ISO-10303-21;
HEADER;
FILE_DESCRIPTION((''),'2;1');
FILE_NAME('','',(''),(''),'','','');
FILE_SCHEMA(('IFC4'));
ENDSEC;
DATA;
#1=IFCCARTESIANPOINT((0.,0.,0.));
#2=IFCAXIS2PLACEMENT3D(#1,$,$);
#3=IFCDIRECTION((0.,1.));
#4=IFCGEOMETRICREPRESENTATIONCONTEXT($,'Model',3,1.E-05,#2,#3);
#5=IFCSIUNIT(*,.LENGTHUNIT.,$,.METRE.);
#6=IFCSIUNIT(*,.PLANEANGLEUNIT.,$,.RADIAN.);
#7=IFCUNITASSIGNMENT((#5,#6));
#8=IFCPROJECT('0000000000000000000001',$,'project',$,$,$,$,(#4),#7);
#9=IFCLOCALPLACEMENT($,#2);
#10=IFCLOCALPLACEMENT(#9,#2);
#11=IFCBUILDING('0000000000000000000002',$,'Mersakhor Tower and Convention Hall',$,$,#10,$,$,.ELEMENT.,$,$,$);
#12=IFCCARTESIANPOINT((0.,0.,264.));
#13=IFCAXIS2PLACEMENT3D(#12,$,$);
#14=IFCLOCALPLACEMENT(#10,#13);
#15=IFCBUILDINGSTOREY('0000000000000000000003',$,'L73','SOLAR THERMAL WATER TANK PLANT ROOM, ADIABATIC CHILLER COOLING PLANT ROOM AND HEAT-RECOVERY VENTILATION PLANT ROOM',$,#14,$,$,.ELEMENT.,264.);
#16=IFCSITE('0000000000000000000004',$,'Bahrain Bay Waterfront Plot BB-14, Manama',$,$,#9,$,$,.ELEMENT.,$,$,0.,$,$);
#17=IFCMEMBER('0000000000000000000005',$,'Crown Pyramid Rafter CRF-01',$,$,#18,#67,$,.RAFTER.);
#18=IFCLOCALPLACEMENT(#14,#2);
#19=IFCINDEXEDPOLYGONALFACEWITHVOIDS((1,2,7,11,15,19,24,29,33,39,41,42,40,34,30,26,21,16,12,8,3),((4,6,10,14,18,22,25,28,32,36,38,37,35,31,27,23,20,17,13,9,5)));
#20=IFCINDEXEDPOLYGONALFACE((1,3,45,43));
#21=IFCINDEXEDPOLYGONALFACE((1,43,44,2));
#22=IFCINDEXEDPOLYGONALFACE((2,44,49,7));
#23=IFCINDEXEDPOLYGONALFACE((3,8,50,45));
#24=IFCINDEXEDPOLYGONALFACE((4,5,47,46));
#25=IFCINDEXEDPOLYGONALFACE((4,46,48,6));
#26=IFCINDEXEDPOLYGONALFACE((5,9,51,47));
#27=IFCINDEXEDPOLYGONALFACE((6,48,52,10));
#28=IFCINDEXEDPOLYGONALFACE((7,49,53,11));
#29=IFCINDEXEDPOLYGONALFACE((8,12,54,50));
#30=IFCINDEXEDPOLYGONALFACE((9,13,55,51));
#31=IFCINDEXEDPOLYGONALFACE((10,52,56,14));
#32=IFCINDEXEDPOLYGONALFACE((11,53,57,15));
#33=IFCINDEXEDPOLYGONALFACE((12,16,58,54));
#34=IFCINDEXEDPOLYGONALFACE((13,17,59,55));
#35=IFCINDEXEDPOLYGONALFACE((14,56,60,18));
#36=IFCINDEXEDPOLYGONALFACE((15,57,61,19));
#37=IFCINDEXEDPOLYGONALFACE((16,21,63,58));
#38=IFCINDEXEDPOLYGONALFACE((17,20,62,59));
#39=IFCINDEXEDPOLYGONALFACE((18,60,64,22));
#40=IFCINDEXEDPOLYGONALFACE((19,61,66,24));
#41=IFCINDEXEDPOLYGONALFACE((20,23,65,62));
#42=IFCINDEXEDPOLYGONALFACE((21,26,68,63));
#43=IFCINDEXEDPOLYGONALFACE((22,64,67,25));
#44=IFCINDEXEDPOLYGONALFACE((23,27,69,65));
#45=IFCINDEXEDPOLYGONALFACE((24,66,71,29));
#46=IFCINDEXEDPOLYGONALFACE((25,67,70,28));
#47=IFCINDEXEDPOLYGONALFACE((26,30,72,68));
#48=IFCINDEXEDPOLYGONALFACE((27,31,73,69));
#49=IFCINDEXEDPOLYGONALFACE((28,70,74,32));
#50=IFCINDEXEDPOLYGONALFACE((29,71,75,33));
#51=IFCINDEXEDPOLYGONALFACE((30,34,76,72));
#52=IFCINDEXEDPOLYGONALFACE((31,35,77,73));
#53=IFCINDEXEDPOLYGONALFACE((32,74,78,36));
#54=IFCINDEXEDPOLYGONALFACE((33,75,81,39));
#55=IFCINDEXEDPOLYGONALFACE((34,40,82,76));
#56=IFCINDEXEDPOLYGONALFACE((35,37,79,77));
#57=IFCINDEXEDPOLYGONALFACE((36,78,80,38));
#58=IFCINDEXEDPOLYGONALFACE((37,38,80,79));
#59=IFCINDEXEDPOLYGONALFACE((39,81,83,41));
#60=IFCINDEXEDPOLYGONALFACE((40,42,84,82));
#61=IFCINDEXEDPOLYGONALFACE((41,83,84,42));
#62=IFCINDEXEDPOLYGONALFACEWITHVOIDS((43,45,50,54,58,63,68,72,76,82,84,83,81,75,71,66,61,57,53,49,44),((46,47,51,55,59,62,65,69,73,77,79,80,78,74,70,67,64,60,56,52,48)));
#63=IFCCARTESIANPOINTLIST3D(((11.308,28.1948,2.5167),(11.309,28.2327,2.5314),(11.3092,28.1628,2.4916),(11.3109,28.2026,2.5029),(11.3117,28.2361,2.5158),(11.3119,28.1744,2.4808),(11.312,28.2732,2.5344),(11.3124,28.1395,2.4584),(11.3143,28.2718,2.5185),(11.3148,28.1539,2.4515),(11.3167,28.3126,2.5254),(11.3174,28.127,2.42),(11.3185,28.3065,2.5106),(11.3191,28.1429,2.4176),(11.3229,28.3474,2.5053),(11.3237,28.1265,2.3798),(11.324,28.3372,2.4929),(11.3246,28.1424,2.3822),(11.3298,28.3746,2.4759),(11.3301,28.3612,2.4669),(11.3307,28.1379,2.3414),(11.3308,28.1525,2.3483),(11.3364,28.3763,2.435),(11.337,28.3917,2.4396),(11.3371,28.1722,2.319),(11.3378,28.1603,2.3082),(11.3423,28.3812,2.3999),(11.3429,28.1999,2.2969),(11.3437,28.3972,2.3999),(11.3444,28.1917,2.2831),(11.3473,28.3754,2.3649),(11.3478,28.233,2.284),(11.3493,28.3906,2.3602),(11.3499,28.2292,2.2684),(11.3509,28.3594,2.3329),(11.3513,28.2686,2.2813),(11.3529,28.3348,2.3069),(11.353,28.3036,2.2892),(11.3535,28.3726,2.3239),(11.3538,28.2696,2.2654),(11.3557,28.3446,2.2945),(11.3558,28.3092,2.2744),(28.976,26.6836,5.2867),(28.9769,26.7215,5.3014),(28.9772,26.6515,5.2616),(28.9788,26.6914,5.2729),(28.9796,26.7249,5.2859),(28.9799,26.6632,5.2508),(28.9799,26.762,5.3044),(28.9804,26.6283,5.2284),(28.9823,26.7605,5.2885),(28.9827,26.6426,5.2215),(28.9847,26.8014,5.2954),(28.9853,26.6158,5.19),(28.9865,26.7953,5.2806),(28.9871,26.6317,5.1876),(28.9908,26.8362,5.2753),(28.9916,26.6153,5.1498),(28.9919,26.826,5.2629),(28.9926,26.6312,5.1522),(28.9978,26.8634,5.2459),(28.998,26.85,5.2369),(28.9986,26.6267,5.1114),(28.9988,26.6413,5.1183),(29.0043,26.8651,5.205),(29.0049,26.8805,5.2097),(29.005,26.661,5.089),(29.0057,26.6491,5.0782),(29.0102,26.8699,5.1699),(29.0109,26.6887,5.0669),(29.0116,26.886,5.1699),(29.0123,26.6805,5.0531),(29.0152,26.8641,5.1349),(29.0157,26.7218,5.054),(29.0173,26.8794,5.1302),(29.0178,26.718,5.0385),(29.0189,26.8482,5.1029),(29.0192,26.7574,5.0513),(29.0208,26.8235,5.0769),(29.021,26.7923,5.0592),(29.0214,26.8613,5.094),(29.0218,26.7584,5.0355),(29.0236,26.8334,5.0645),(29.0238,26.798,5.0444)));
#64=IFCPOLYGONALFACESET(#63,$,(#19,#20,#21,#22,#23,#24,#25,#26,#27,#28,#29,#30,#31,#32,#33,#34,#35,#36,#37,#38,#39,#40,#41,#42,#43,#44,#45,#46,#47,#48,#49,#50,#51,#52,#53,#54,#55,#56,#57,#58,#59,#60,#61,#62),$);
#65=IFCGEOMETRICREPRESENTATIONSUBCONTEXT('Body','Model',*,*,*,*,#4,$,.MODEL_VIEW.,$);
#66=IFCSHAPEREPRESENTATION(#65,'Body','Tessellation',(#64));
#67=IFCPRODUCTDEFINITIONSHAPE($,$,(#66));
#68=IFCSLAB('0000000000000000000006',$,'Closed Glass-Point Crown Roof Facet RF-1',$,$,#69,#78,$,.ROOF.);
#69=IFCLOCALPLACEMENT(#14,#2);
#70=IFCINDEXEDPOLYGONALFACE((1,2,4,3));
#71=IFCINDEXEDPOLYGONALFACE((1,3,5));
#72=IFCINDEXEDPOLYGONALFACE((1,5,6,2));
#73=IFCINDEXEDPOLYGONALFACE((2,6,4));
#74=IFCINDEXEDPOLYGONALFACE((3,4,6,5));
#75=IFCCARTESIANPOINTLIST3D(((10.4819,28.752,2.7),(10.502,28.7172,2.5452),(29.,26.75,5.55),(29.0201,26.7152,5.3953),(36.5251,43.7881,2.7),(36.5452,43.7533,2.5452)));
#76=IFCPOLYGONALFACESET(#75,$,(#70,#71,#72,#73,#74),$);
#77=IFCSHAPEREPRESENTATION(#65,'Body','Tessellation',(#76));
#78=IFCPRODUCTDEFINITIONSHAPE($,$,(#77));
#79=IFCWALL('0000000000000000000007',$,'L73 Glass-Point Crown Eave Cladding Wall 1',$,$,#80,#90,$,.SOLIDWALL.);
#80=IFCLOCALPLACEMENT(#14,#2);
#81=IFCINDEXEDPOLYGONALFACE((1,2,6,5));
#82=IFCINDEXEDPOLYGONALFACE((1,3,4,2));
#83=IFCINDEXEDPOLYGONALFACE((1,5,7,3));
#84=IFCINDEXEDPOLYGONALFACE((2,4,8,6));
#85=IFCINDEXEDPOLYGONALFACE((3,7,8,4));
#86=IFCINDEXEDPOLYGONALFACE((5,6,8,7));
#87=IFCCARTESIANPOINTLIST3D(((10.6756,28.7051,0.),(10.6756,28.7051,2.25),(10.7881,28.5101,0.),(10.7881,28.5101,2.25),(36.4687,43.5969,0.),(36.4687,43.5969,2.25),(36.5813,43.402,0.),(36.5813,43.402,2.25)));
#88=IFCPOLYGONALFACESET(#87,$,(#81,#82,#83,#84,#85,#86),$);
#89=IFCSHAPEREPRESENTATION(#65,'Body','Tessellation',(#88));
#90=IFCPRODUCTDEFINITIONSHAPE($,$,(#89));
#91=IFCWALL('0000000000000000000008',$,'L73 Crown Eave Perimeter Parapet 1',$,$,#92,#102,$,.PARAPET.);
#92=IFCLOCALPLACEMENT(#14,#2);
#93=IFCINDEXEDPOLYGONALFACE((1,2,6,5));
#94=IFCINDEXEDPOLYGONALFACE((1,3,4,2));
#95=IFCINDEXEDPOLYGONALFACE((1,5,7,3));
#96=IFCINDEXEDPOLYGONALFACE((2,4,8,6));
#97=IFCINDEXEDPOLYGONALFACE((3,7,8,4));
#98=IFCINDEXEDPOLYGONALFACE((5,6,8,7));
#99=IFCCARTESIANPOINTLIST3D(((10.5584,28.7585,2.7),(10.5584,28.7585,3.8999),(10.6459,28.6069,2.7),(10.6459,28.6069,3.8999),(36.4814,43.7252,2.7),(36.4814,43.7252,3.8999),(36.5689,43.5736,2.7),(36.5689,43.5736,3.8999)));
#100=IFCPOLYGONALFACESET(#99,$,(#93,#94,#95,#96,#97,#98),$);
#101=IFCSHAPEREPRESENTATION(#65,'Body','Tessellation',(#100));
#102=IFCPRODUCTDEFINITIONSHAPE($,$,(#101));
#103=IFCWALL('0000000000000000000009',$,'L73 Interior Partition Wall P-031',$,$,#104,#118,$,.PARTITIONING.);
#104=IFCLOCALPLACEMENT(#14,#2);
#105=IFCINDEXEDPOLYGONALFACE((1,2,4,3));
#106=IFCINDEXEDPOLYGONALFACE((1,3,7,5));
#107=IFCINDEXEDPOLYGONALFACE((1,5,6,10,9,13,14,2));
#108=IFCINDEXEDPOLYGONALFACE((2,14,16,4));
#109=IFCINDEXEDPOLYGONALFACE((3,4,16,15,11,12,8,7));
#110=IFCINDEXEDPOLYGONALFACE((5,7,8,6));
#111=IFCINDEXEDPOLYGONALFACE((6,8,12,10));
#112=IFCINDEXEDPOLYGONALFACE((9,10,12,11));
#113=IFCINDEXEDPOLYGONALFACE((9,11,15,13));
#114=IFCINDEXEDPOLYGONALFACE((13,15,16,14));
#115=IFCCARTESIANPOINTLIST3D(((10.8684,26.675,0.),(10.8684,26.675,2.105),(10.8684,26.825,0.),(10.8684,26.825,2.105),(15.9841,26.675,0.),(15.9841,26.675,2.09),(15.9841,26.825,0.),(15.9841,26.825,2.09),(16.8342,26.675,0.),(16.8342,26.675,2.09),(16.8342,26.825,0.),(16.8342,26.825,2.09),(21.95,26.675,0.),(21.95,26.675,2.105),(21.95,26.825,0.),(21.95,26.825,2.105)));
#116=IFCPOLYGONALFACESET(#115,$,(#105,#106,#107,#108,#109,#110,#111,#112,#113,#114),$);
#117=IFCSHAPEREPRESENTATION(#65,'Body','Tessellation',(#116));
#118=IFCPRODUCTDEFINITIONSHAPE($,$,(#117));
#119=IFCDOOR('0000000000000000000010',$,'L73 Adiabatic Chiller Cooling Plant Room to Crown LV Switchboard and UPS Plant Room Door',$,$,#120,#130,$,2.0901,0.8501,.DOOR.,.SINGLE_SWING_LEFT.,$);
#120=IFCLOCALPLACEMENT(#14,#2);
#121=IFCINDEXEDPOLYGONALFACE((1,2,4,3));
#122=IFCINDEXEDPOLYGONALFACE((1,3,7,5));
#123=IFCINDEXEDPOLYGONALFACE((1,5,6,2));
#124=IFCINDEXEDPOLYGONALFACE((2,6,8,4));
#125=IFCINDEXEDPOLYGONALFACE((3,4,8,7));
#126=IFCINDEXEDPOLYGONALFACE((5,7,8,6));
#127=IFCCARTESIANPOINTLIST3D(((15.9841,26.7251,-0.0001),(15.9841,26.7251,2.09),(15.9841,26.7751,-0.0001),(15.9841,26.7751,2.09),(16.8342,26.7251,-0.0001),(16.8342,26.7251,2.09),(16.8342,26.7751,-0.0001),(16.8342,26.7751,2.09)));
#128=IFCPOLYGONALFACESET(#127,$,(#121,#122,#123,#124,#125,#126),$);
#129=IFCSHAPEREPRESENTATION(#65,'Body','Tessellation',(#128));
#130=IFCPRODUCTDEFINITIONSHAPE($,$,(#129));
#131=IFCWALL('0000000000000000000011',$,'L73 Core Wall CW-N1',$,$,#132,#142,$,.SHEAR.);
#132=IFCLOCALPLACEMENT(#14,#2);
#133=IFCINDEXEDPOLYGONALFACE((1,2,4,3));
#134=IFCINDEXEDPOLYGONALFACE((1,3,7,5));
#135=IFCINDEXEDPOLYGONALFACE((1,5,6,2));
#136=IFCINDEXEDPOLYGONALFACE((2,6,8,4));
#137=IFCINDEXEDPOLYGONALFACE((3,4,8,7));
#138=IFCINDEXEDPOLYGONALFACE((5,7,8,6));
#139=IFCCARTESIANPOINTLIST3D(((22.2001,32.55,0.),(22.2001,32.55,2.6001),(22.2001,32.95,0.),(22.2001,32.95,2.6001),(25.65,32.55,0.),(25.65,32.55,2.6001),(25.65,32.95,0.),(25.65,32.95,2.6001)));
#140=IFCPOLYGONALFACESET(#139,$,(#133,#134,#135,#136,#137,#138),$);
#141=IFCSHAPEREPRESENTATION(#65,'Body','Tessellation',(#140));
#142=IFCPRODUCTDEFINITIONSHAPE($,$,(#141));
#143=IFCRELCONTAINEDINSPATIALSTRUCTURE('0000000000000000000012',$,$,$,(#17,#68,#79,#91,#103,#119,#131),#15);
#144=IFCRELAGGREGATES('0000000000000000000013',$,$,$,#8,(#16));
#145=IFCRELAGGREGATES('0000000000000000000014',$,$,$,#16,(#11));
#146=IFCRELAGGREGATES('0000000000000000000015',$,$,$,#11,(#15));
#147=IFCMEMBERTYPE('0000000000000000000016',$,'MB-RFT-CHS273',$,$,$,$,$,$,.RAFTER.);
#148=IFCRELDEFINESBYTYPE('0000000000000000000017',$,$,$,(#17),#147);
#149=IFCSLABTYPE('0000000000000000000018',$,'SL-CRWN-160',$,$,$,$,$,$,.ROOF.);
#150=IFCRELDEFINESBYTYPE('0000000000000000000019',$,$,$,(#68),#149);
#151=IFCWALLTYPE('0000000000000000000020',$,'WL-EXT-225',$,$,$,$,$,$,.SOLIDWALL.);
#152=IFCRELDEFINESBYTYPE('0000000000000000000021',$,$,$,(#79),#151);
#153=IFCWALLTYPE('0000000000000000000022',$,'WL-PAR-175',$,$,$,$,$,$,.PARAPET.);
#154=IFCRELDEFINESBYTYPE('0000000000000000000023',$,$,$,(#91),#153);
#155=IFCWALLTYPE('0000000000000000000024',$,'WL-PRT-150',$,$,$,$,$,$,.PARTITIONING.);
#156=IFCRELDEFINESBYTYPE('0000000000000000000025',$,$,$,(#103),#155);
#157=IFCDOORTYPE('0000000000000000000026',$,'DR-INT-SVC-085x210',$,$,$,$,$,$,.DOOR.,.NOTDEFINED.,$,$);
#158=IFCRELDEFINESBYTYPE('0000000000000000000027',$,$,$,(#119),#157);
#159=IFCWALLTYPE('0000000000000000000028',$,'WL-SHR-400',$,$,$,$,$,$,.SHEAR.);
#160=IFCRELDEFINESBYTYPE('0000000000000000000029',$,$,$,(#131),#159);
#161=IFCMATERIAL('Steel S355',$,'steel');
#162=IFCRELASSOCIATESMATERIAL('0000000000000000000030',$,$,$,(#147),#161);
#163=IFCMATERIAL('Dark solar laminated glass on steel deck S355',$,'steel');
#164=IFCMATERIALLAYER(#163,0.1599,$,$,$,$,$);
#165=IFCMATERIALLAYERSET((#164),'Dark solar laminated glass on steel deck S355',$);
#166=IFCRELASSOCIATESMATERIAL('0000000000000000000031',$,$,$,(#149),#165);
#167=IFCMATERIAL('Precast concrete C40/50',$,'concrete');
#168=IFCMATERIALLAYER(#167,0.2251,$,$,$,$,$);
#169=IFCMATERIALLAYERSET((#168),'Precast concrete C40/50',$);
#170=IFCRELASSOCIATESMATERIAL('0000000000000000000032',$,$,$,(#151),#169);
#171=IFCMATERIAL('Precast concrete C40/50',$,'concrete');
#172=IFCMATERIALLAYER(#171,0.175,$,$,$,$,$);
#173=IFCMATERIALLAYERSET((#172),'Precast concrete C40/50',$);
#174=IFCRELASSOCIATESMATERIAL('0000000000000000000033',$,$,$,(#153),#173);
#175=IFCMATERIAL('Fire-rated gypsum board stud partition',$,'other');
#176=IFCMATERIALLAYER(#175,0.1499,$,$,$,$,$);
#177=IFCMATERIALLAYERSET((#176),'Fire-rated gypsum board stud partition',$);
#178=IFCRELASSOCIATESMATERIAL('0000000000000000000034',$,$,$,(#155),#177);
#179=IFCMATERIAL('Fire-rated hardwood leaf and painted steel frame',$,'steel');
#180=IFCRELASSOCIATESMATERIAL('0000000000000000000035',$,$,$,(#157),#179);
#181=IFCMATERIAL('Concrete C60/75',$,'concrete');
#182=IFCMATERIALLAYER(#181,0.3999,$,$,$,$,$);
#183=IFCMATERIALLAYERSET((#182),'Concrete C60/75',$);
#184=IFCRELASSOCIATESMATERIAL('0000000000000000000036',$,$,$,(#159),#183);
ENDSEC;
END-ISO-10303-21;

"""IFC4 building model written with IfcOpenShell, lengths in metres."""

from ifc_helpers import new_model, si_unit, direction, frame, frame_2d, origin, origin_2d, place, context, subcontext, project, spatial, polyline, rectangle, hollow_circle, outline, extrude, material, layer, layer_set, material_profile, profile_set, type_object, element, fill, save


model = new_model("IFC4")

# Units and contexts
model_context = context("Model", 3, precision=1e-05, world=origin(), true_north=direction((0.0, 1.0)))
body_context = subcontext(model_context, "Body", "Model", "MODEL_VIEW")
ifc_project = project(units=[si_unit("LENGTHUNIT", "METRE"), si_unit("PLANEANGLEUNIT", "RADIAN")], contexts=[model_context])

# Site, building, storey
site_placement = place(None, origin())
site = spatial("IfcSite", under=ifc_project, at=site_placement, Name="Bahrain Bay Waterfront Plot BB-14, Manama", CompositionType="ELEMENT", RefElevation=0.0)
building_placement = place(site_placement, origin())
building = spatial("IfcBuilding", under=site, at=building_placement, Name="Mersakhor Tower and Convention Hall", CompositionType="ELEMENT")
storey_placement = place(building_placement, frame((0.0, 0.0, 264.0)))
storey = spatial("IfcBuildingStorey", under=building, at=storey_placement, Name="L73", Description="SOLAR THERMAL WATER TANK PLANT ROOM, ADIABATIC CHILLER COOLING PLANT ROOM AND HEAT-RECOVERY VENTILATION PLANT ROOM", CompositionType="ELEMENT", Elevation=264.0)

# Member
ifc_material_1 = material(Name="Steel S355", Category="steel")
ifc_material_profile_1 = material_profile(ifc_material_1, hollow_circle(Radius=0.1365, WallThickness=0.0161, at=origin_2d()), Name="CHS 273x16")
ifc_profile_set_1 = profile_set([ifc_material_profile_1], Name="Steel S355")
member_type_1 = type_object("IfcMemberType", Name="MB-RFT-CHS273", PredefinedType="RAFTER", material=ifc_profile_set_1)
member_1_placement = place(storey_placement, frame((11.332, 28.2612, 2.3999), z_axis=(0.984423, -0.084203, 0.15434), x_axis=(0.085224, 0.996362, 0.0)))
element("IfcMember", 1, at=member_1_placement, inside=storey, type_object=member_type_1, Name="Crown Pyramid Rafter CRF-01", PredefinedType="RAFTER", context=body_context, shape_type="SweptSolid", body=[
    extrude(hollow_circle(Radius=0.1365, WallThickness=0.0161, at=origin_2d()), origin(), (0.0, 0.0, 1.0), 17.9475),
])

# Slab
ifc_material_2 = material(Name="Dark solar laminated glass on steel deck S355", Category="steel")
ifc_layer_1 = layer(ifc_material_2, 0.1599)
ifc_layer_set_1 = layer_set([ifc_layer_1], Name="Dark solar laminated glass on steel deck S355")
slab_type = type_object("IfcSlabType", Name="SL-CRWN-160", PredefinedType="ROOF", material=ifc_layer_set_1)
slab_placement = place(storey_placement, frame((10.4819, 28.752, 2.7), z_axis=(-0.125486, 0.217347, 0.967995), x_axis=(0.982768, -0.106245, 0.151257)))
element("IfcSlab", 2, at=slab_placement, inside=storey, type_object=slab_type, Name="Closed Glass-Point Crown Roof Facet RF-1", PredefinedType="ROOF", context=body_context, shape_type="SweptSolid", body=[
    extrude(outline(polyline([(0.0, 0.0), (18.8428, 0.0), (23.9969, 18.1241), (0.0, 0.0)])), origin(), (0.0, 0.0, -1.0), 0.1599),
])

# Walls
ifc_material_3 = material(Name="Precast concrete C40/50", Category="concrete")
ifc_layer_2 = layer(ifc_material_3, 0.2251)
ifc_layer_set_2 = layer_set([ifc_layer_2], Name="Precast concrete C40/50")
wall_type_1 = type_object("IfcWallType", Name="WL-EXT-225", PredefinedType="SOLIDWALL", material=ifc_layer_set_2)
wall_1_placement = place(storey_placement, frame((10.7319, 28.6077, 0.0), z_axis=(0.0, 0.0, 1.0), x_axis=(0.866024, 0.500003, 0.0)))
element("IfcWall", 3, at=wall_1_placement, inside=storey, type_object=wall_type_1, Name="L73 Glass-Point Crown Eave Cladding Wall 1", PredefinedType="SOLIDWALL", context=body_context, shape_type="SweptSolid", body=[
    extrude(rectangle(XDim=29.7834, YDim=0.2251, at=frame_2d((14.8916, 0.0))), origin(), (0.0, 0.0, 1.0), 2.25),
])
ifc_material_4 = material(Name="Precast concrete C40/50", Category="concrete")
ifc_layer_3 = layer(ifc_material_4, 0.175)
ifc_layer_set_3 = layer_set([ifc_layer_3], Name="Precast concrete C40/50")
wall_type_2 = type_object("IfcWallType", Name="WL-PAR-175", PredefinedType="PARAPET", material=ifc_layer_set_3)
wall_2_placement = place(storey_placement, frame((10.6021, 28.6826, 2.7), z_axis=(0.0, 0.0, 1.0), x_axis=(0.866024, 0.500002, 0.0)))
element("IfcWall", 4, at=wall_2_placement, inside=storey, type_object=wall_type_2, Name="L73 Crown Eave Perimeter Parapet 1", PredefinedType="PARAPET", context=body_context, shape_type="SweptSolid", body=[
    extrude(rectangle(XDim=29.9333, YDim=0.175, at=frame_2d((14.9668, 0.0))), origin(), (0.0, 0.0, 1.0), 1.2),
])

# Wall, opening, door
ifc_material_5 = material(Name="Fire-rated gypsum board stud partition", Category="other")
ifc_layer_4 = layer(ifc_material_5, 0.1499)
ifc_layer_set_4 = layer_set([ifc_layer_4], Name="Fire-rated gypsum board stud partition")
wall_type_3 = type_object("IfcWallType", Name="WL-PRT-150", PredefinedType="PARTITIONING", material=ifc_layer_set_4)
wall_3_placement = place(storey_placement, frame((21.95, 26.75, 0.0), z_axis=(0.0, 0.0, 1.0), x_axis=(-1.0, 0.0, 0.0)))
wall_3 = element("IfcWall", 5, at=wall_3_placement, inside=storey, type_object=wall_type_3, Name="L73 Interior Partition Wall P-031", PredefinedType="PARTITIONING", context=body_context, shape_type="SweptSolid", body=[
    extrude(rectangle(XDim=11.0815, YDim=0.1499, at=frame_2d((5.5408, 0.0))), origin(), (0.0, 0.0, 1.0), 2.105),
])
opening_placement = place(wall_3_placement, frame((5.1157, 0.0, 0.0)))
opening = element("IfcOpeningElement", 6, at=opening_placement, cuts=wall_3, PredefinedType="OPENING", context=body_context, shape_type="SweptSolid", body=[
    extrude(rectangle(XDim=0.8501, YDim=2.0901, at=frame_2d((0.425, 1.0449))), frame((0.0, 0.085, 0.0), z_axis=(0.0, -1.0, 0.0), x_axis=(1.0, 0.0, 0.0)), (0.0, 0.0, 1.0), 0.1699),
])
ifc_material_6 = material(Name="Fire-rated hardwood leaf and painted steel frame", Category="steel")
door_type = type_object("IfcDoorType", Name="DR-INT-SVC-085x210", OperationType="NOTDEFINED", PredefinedType="DOOR", material=ifc_material_6)
door_placement = place(opening_placement, origin())
door = element("IfcDoor", 7, at=door_placement, inside=storey, type_object=door_type, Name="L73 Adiabatic Chiller Cooling Plant Room to Crown LV Switchboard and UPS Plant Room Door", OperationType="SINGLE_SWING_LEFT", OverallHeight=2.0901, OverallWidth=0.8501, PredefinedType="DOOR", context=body_context, shape_type="SweptSolid", body=[
    extrude(rectangle(XDim=0.8501, YDim=2.0901, at=frame_2d((0.425, 1.0449))), frame((0.0, 0.0249, 0.0), z_axis=(0.0, -1.0, 0.0), x_axis=(1.0, 0.0, 0.0)), (0.0, 0.0, 1.0), 0.05),
])
fill(opening, door)

# Wall
ifc_material_7 = material(Name="Concrete C60/75", Category="concrete")
ifc_layer_5 = layer(ifc_material_7, 0.3999)
ifc_layer_set_5 = layer_set([ifc_layer_5], Name="Concrete C60/75")
wall_type_4 = type_object("IfcWallType", Name="WL-SHR-400", PredefinedType="SHEAR", material=ifc_layer_set_5)
wall_4_placement = place(storey_placement, frame((22.2, 32.75, 0.0), z_axis=(0.0, 0.0, 1.0), x_axis=(1.0, 0.0, 0.0)))
element("IfcWall", 8, at=wall_4_placement, inside=storey, type_object=wall_type_4, Name="L73 Core Wall CW-N1", PredefinedType="SHEAR", context=body_context, shape_type="SweptSolid", body=[
    extrude(rectangle(XDim=3.45, YDim=0.3999, at=frame_2d((1.7251, 0.0))), origin(), (0.0, 0.0, 1.0), 2.6001),
])

save(model, "model.ifc")
